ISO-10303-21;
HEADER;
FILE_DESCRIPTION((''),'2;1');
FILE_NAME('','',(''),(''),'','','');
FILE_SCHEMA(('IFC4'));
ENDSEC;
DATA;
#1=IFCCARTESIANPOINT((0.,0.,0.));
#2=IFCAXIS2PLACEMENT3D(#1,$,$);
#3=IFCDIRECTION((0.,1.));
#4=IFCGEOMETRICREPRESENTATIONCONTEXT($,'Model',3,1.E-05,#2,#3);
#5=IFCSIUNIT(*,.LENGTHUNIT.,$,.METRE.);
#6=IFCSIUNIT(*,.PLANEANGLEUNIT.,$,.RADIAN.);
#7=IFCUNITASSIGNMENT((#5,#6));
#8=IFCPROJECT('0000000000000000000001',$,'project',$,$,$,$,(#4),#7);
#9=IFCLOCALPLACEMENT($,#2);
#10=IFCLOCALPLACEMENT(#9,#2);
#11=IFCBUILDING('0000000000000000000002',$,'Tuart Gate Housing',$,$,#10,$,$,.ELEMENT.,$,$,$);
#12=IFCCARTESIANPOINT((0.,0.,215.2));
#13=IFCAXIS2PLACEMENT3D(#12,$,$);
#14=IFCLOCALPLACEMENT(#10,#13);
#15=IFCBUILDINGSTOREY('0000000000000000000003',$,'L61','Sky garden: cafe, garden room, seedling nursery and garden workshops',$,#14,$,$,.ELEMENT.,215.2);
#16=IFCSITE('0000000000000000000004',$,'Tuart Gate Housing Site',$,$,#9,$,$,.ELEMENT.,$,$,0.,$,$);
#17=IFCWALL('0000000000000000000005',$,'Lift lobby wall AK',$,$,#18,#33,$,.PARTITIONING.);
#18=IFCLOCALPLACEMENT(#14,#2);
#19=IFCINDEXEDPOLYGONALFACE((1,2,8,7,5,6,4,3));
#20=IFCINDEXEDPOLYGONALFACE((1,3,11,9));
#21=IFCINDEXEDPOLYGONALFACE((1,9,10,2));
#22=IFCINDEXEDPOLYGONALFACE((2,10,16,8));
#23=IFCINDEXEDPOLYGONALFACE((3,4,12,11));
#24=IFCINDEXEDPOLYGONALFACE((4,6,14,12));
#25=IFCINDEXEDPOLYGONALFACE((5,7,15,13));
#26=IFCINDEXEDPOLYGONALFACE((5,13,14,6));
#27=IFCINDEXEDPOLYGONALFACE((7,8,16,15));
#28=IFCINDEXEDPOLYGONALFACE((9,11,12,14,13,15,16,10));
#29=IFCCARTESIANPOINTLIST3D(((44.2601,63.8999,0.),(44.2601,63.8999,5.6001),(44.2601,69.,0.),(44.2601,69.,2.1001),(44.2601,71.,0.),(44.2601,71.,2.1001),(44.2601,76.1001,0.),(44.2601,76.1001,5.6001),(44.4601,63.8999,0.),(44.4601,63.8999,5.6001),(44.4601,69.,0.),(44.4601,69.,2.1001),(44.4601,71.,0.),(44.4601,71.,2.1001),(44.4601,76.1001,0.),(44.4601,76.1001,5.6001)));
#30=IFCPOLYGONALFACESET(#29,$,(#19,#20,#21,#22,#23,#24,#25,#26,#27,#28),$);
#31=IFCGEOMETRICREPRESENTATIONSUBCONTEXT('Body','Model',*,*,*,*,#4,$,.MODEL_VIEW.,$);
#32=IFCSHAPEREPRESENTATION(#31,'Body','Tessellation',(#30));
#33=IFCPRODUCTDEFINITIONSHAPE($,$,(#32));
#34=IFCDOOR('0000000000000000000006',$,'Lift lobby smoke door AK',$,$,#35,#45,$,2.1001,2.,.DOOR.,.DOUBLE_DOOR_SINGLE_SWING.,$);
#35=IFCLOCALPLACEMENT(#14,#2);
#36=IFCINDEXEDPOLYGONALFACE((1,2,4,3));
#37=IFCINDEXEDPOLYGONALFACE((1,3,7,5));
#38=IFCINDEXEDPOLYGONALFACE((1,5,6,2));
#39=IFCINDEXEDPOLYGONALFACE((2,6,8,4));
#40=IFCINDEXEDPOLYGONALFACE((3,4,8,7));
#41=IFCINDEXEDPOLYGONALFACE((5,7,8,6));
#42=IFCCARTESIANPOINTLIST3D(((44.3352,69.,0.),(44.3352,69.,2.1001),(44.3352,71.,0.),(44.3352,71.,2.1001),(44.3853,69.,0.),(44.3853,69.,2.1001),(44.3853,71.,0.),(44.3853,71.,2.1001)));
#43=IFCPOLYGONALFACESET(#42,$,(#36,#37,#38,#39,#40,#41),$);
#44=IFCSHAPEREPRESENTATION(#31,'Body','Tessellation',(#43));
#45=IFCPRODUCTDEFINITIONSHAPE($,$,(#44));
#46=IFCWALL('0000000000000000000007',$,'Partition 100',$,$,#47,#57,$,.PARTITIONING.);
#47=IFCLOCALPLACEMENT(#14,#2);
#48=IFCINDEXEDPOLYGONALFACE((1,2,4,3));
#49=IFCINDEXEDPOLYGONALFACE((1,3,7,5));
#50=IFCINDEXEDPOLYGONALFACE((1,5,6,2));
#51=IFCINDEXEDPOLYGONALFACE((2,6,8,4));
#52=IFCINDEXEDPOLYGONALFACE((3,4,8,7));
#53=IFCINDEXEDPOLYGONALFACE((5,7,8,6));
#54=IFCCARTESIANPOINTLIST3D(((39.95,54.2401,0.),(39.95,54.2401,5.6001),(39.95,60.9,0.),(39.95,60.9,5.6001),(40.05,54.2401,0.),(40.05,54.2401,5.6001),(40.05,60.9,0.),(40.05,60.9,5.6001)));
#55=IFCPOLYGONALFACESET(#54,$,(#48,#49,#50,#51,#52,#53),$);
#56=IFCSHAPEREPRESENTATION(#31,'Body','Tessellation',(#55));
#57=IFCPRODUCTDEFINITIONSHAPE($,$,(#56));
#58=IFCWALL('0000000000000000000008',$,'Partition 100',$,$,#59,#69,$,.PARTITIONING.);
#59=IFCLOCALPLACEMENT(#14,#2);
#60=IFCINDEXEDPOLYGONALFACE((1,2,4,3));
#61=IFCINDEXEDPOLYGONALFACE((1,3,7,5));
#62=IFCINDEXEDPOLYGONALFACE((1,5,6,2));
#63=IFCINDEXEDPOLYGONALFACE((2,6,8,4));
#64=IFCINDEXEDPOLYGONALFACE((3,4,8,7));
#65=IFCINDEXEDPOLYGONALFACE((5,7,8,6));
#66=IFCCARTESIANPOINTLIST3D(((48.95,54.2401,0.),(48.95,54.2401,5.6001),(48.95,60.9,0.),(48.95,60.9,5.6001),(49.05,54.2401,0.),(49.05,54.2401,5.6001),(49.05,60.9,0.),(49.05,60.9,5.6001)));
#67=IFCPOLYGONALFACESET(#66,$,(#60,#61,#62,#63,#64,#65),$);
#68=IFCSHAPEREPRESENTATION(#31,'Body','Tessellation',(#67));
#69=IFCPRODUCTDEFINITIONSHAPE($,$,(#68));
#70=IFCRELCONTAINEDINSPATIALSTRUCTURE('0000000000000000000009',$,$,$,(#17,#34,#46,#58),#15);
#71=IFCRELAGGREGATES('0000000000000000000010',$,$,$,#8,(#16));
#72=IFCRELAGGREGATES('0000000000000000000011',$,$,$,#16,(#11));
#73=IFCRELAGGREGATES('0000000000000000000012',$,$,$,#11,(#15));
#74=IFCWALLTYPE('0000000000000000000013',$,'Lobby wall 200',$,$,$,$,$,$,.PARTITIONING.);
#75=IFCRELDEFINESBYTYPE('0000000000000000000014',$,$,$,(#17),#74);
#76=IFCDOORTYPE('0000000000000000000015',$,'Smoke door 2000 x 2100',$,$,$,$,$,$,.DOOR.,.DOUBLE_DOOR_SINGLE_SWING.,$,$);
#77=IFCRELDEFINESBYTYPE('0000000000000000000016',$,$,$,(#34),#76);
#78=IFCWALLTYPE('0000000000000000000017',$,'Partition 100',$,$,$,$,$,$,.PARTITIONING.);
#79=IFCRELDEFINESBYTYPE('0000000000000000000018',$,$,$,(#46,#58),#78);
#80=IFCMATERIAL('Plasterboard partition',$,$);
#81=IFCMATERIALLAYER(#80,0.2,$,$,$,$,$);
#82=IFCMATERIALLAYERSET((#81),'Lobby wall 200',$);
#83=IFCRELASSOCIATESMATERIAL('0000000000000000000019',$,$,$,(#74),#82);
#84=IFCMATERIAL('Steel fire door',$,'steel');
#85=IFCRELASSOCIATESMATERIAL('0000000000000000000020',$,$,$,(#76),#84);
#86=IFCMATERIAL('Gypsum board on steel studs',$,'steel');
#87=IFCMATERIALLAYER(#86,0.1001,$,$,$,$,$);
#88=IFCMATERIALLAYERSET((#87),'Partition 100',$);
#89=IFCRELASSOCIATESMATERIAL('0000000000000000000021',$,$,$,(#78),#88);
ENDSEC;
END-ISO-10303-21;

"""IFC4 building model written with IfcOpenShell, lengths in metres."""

from ifc_helpers import new_model, si_unit, direction, frame, frame_2d, origin, place, context, subcontext, project, spatial, rectangle, extrude, material, layer, layer_set, type_object, element, fill, save


model = new_model("IFC4")

# Units and contexts
model_context = context("Model", 3, precision=1e-05, world=origin(), true_north=direction((0.0, 1.0)))
body_context = subcontext(model_context, "Body", "Model", "MODEL_VIEW")
ifc_project = project(units=[si_unit("LENGTHUNIT", "METRE"), si_unit("PLANEANGLEUNIT", "RADIAN")], contexts=[model_context])

# Site, building, storey
site_placement = place(None, origin())
site = spatial("IfcSite", under=ifc_project, at=site_placement, Name="Tuart Gate Housing Site", CompositionType="ELEMENT", RefElevation=0.0)
building_placement = place(site_placement, origin())
building = spatial("IfcBuilding", under=site, at=building_placement, Name="Tuart Gate Housing", CompositionType="ELEMENT")
storey_placement = place(building_placement, frame((0.0, 0.0, 215.2)))
storey = spatial("IfcBuildingStorey", under=building, at=storey_placement, Name="L61", Description="Sky garden: cafe, garden room, seedling nursery and garden workshops", CompositionType="ELEMENT", Elevation=215.2)

# Wall, opening, door
ifc_material_1 = material(Name="Plasterboard partition")
ifc_layer_1 = layer(ifc_material_1, 0.2)
ifc_layer_set_1 = layer_set([ifc_layer_1], Name="Lobby wall 200")
wall_type_1 = type_object("IfcWallType", Name="Lobby wall 200", PredefinedType="PARTITIONING", material=ifc_layer_set_1)
wall_1_placement = place(storey_placement, frame((44.3601, 63.8999, 0.0), z_axis=(0.0, 0.0, 1.0), x_axis=(0.0, 1.0, 0.0)))
wall_1 = element("IfcWall", 1, at=wall_1_placement, inside=storey, type_object=wall_type_1, Name="Lift lobby wall AK", PredefinedType="PARTITIONING", context=body_context, shape_type="SweptSolid", body=[
    extrude(rectangle(XDim=12.2002, YDim=0.2, at=frame_2d((6.1001, 0.0))), origin(), (0.0, 0.0, 1.0), 5.6001),
])
opening_1_placement = place(wall_1_placement, frame((5.1001, 0.0, 0.0)))
opening_1 = element("IfcOpeningElement", 2, at=opening_1_placement, cuts=wall_1, PredefinedType="OPENING", context=body_context, shape_type="SweptSolid", body=[
    extrude(rectangle(XDim=2.0, YDim=2.1001, at=frame_2d((1.0, 1.05))), frame((0.0, 0.1099, 0.0), z_axis=(0.0, -1.0, 0.0), x_axis=(1.0, 0.0, 0.0)), (0.0, 0.0, 1.0), 0.22),
])
ifc_material_2 = material(Name="Steel fire door", Category="steel")
door_type_1 = type_object("IfcDoorType", Name="Smoke door 2000 x 2100", OperationType="DOUBLE_DOOR_SINGLE_SWING", PredefinedType="DOOR", material=ifc_material_2)
door_1_placement = place(opening_1_placement, origin())
door_1 = element("IfcDoor", 3, at=door_1_placement, inside=storey, type_object=door_type_1, Name="Lift lobby smoke door AK", OperationType="DOUBLE_DOOR_SINGLE_SWING", OverallHeight=2.1001, OverallWidth=2.0, PredefinedType="DOOR", context=body_context, shape_type="SweptSolid", body=[
    extrude(rectangle(XDim=2.0, YDim=2.1001, at=frame_2d((1.0, 1.05))), frame((0.0, 0.0249, 0.0), z_axis=(0.0, -1.0, 0.0), x_axis=(1.0, 0.0, 0.0)), (0.0, 0.0, 1.0), 0.05),
])
fill(opening_1, door_1)

# Walls
ifc_material_3 = material(Name="Gypsum board on steel studs", Category="steel")
ifc_layer_2 = layer(ifc_material_3, 0.1001)
ifc_layer_set_2 = layer_set([ifc_layer_2], Name="Partition 100")
wall_type_2 = type_object("IfcWallType", Name="Partition 100", PredefinedType="PARTITIONING", material=ifc_layer_set_2)
for number, where, z_axis, x_axis, name in (
    (4, (40.0, 54.24, 0.0), (0.0, 0.0, 1.0), (0.0, 1.0, 0.0), "Partition 100"),
    (5, (49.0, 54.24, 0.0), (0.0, 0.0, 1.0), (0.0, 1.0, 0.0), "Partition 100"),
):
    element("IfcWall", number, at=place(storey_placement, frame(where, z_axis=z_axis, x_axis=x_axis)), inside=storey, type_object=wall_type_2, Name=name, PredefinedType="PARTITIONING", context=body_context, shape_type="SweptSolid", body=[
        extrude(rectangle(XDim=6.6599, YDim=0.1001, at=frame_2d((3.3301, 0.0))), origin(), (0.0, 0.0, 1.0), 5.6001),
    ])

save(model, "model.ifc")
